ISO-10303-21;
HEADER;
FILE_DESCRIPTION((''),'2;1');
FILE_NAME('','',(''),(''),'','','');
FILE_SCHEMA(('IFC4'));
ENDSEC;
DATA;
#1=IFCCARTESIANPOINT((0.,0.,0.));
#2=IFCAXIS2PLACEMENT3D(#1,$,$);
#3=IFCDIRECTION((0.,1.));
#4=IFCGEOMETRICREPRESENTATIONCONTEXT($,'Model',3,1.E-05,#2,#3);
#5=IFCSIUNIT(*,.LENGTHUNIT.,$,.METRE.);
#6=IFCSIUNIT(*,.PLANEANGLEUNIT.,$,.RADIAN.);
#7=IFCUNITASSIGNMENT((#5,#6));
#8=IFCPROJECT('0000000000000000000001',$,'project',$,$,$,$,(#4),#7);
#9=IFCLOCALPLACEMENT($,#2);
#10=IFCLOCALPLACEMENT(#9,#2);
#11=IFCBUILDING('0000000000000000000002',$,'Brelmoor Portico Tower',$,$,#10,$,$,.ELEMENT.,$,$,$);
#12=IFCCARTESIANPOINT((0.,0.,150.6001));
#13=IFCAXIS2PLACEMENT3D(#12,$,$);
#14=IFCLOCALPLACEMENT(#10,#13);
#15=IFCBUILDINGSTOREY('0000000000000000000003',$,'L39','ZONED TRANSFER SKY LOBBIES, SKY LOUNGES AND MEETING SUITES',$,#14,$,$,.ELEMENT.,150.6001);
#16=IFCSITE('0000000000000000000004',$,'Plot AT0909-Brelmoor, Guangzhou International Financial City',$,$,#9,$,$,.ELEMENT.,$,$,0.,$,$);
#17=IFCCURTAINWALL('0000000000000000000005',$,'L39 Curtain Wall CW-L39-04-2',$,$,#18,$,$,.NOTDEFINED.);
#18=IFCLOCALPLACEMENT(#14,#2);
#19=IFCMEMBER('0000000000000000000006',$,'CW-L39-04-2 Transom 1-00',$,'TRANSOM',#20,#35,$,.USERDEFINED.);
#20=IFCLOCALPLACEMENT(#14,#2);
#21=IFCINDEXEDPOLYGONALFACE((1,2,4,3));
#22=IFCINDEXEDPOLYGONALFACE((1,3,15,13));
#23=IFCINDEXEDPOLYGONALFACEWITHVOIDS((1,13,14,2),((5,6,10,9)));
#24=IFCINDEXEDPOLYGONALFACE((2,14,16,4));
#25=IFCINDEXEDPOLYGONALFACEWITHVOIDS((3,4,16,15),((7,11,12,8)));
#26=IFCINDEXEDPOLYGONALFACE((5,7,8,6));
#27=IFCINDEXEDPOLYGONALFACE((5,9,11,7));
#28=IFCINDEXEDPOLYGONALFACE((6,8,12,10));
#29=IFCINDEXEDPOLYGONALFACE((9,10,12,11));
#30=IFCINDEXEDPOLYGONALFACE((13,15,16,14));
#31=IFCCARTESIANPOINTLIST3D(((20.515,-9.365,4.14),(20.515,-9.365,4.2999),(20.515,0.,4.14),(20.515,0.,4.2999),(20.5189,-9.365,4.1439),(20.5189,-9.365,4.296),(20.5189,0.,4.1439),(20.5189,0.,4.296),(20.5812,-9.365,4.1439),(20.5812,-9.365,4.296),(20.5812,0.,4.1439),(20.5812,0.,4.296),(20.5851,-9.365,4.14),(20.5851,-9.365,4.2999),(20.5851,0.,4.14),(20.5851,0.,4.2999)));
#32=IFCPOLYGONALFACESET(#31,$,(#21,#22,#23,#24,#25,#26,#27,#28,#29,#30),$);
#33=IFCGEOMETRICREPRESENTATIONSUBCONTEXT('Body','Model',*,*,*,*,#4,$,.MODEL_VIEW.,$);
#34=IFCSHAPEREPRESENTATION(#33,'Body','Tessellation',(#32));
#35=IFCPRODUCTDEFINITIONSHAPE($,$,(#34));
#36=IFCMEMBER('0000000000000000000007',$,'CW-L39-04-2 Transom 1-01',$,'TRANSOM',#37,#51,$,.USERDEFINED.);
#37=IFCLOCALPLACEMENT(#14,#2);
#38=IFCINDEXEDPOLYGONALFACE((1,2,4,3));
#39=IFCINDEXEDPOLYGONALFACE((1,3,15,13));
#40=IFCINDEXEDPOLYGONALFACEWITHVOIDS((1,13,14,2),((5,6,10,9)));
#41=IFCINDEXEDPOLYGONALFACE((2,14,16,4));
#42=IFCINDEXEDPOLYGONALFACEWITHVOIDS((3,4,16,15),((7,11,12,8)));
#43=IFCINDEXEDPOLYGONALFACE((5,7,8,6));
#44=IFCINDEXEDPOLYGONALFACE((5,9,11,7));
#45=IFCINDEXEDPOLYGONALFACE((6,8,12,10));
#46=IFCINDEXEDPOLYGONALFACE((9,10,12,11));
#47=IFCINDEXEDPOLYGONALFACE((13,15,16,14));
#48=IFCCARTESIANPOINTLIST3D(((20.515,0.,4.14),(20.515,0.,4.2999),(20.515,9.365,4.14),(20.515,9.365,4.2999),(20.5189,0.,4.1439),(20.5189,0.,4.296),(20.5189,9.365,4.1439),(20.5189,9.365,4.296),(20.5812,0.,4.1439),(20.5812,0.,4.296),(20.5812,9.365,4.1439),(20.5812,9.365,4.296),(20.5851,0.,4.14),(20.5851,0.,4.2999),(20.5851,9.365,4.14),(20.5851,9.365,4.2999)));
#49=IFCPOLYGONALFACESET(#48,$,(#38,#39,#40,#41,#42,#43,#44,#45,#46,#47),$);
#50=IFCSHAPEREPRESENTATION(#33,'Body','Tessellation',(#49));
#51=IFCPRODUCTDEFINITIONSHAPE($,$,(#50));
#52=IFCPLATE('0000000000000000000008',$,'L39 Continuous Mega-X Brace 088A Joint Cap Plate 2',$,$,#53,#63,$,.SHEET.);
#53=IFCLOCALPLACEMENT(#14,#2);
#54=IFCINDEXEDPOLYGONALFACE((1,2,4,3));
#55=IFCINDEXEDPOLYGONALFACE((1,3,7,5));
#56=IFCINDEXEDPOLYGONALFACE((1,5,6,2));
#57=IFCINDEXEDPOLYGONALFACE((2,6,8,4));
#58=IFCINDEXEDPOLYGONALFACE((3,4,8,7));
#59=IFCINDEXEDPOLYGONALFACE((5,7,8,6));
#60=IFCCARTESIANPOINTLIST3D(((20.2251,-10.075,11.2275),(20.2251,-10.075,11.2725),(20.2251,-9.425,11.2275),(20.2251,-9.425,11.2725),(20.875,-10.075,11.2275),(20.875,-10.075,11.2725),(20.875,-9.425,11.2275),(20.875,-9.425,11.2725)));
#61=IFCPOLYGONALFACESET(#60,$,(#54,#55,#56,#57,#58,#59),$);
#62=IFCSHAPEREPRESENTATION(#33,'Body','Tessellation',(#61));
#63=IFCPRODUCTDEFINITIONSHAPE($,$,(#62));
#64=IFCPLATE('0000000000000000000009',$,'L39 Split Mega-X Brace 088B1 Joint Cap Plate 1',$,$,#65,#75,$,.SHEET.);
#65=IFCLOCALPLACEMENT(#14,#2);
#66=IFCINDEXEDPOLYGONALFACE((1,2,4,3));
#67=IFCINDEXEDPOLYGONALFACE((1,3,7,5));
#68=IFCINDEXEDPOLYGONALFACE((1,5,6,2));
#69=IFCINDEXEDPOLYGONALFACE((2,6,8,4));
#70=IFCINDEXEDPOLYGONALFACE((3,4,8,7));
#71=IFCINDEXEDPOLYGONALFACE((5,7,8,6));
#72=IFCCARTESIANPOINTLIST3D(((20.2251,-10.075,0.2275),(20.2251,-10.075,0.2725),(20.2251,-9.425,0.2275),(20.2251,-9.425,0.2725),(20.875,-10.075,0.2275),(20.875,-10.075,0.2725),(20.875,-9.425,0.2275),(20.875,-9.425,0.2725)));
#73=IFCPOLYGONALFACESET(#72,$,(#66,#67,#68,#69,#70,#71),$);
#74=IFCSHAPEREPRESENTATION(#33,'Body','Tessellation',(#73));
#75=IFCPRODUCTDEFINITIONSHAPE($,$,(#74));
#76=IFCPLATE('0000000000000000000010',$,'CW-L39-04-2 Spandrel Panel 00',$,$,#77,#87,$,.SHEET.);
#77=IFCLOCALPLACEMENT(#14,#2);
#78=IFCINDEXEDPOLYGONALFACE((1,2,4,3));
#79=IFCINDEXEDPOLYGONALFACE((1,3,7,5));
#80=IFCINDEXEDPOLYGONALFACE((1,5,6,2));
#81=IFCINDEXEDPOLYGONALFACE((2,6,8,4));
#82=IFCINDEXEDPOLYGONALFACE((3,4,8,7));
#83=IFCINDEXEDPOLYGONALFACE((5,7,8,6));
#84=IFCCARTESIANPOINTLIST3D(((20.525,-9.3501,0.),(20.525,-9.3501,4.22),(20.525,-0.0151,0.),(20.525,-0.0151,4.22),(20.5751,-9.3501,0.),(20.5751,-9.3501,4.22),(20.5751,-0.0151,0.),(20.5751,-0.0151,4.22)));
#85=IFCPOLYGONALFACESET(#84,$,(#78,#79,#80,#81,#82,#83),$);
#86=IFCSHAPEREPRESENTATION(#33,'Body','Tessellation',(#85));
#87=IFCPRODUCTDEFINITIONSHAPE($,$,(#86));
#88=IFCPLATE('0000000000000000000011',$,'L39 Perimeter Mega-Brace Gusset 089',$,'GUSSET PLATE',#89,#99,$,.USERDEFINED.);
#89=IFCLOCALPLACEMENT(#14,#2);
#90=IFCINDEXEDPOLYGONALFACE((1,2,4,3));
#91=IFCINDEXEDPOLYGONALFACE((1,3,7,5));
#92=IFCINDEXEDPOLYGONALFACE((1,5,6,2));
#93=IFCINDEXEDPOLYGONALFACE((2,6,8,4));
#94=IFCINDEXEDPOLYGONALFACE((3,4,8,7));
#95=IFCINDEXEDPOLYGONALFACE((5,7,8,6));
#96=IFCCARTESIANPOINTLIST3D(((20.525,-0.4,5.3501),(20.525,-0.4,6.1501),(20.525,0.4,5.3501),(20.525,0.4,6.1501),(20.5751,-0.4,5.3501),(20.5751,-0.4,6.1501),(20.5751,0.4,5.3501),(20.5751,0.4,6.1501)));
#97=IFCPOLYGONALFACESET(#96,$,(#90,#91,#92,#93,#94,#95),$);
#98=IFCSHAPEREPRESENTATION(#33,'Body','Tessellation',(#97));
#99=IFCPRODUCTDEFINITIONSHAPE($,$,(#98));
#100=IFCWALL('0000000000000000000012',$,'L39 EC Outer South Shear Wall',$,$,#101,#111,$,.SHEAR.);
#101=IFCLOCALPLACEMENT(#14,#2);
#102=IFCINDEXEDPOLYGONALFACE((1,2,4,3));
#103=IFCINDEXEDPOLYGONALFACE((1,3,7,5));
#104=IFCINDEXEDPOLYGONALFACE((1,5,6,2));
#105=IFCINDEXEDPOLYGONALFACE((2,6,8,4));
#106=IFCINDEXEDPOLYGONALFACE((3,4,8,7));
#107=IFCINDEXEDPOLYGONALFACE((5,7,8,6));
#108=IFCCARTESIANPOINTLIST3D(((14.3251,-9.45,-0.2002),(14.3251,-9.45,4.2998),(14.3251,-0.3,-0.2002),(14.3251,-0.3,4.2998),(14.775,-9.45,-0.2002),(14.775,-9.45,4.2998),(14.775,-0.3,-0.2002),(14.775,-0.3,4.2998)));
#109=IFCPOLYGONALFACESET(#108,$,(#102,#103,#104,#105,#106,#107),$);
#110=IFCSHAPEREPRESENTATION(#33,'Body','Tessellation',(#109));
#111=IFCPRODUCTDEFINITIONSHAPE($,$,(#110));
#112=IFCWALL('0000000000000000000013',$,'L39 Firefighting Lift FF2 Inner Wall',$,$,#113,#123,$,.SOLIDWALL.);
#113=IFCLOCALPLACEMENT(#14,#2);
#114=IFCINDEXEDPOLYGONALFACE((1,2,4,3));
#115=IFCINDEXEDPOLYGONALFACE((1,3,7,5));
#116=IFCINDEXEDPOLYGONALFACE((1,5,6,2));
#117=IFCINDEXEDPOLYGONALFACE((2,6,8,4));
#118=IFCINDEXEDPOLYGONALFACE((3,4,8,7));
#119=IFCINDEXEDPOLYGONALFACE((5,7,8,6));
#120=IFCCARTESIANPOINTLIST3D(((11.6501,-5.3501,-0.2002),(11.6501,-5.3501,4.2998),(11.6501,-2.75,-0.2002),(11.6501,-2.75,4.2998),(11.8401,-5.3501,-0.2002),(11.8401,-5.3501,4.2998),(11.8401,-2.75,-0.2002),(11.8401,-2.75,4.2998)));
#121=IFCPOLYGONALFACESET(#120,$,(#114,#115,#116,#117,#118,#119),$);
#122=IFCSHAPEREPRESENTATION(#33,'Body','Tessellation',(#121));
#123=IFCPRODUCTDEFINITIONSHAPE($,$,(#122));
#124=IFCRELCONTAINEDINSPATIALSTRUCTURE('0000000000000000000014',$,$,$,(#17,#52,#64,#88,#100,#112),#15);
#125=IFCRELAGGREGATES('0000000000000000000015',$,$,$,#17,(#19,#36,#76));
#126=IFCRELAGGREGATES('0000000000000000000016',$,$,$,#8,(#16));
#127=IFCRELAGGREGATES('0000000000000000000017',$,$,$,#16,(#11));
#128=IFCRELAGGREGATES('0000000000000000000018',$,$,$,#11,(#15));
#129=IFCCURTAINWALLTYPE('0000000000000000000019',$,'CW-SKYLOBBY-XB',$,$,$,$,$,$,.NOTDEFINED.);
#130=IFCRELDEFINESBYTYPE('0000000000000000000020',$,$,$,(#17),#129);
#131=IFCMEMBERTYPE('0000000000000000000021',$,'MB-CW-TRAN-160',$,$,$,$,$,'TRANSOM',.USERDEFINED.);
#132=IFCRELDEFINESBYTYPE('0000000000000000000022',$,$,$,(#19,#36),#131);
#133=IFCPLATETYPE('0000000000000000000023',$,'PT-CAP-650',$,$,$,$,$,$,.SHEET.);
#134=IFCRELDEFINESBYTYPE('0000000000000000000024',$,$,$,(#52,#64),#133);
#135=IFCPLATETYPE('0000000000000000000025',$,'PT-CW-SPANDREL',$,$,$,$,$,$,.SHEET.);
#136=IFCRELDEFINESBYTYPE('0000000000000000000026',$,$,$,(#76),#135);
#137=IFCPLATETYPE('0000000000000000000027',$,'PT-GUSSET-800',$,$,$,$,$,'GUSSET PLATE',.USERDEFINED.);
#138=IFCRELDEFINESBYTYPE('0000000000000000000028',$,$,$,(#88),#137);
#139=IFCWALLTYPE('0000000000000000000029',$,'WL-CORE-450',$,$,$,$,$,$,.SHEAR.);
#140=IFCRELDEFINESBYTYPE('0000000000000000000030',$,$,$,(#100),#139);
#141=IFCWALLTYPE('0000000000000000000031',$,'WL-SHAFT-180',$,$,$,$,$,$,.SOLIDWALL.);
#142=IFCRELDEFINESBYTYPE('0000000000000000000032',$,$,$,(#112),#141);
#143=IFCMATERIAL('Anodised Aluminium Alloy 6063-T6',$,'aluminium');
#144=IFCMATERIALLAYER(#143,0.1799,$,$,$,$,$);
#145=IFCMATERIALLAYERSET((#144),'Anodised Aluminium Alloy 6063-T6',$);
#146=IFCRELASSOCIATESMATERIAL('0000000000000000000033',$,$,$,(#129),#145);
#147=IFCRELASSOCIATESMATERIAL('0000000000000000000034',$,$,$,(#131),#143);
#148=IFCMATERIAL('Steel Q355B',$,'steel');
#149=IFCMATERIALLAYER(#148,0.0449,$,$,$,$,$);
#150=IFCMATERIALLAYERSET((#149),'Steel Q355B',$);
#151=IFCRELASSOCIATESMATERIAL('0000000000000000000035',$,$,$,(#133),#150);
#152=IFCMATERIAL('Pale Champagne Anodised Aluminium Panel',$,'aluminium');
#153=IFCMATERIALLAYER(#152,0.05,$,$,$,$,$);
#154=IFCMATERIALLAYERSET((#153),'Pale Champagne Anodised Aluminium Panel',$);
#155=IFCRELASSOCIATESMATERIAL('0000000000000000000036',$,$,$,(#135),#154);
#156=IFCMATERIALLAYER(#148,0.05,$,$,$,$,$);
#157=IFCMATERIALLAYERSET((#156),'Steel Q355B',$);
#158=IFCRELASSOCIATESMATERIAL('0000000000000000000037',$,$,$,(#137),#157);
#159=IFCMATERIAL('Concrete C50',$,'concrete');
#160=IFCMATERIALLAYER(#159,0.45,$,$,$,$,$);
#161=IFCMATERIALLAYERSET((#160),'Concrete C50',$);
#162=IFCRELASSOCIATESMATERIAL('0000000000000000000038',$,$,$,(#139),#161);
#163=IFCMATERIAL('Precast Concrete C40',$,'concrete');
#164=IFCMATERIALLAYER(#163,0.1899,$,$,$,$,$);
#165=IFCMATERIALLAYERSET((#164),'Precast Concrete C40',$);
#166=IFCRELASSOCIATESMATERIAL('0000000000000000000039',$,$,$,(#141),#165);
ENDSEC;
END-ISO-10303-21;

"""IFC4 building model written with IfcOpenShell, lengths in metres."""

from ifc_helpers import new_model, si_unit, direction, frame, frame_2d, origin, origin_2d, place, context, subcontext, project, spatial, rectangle, hollow_rectangle, extrude, material, layer, layer_set, material_profile, profile_set, type_object, element, aggregate, save


model = new_model("IFC4")

# Units and contexts
model_context = context("Model", 3, precision=1e-05, world=origin(), true_north=direction((0.0, 1.0)))
body_context = subcontext(model_context, "Body", "Model", "MODEL_VIEW")
ifc_project = project(units=[si_unit("LENGTHUNIT", "METRE"), si_unit("PLANEANGLEUNIT", "RADIAN")], contexts=[model_context])

# Site, building, storey
site_placement = place(None, origin())
site = spatial("IfcSite", under=ifc_project, at=site_placement, Name="Plot AT0909-Brelmoor, Guangzhou International Financial City", CompositionType="ELEMENT", RefElevation=0.0)
building_placement = place(site_placement, origin())
building = spatial("IfcBuilding", under=site, at=building_placement, Name="Brelmoor Portico Tower", CompositionType="ELEMENT")
storey_placement = place(building_placement, frame((0.0, 0.0, 150.6001)))
storey = spatial("IfcBuildingStorey", under=building, at=storey_placement, Name="L39", Description="ZONED TRANSFER SKY LOBBIES, SKY LOUNGES AND MEETING SUITES", CompositionType="ELEMENT", Elevation=150.6001)

# Shared definitions
ifc_material_1 = material(Name="Steel Q355B", Category="steel")

# Curtain wall, members
ifc_material_2 = material(Name="Anodised Aluminium Alloy 6063-T6", Category="aluminium")
ifc_layer_1 = layer(ifc_material_2, 0.1799)
ifc_layer_set_1 = layer_set([ifc_layer_1], Name="Anodised Aluminium Alloy 6063-T6")
curtain_wall_type = type_object("IfcCurtainWallType", Name="CW-SKYLOBBY-XB", PredefinedType="NOTDEFINED", material=ifc_layer_set_1)
curtain_wall_placement = place(storey_placement, origin())
curtain_wall = element("IfcCurtainWall", 1, at=curtain_wall_placement, inside=storey, type_object=curtain_wall_type, Name="L39 Curtain Wall CW-L39-04-2", PredefinedType="NOTDEFINED")
ifc_material_profile_1 = material_profile(ifc_material_2, hollow_rectangle(XDim=0.0701, YDim=0.1599, WallThickness=0.0039, at=origin_2d()), Name="ALU TRANSOM 70x160")
ifc_profile_set_1 = profile_set([ifc_material_profile_1], Name="Anodised Aluminium Alloy 6063-T6")
member_type_1 = type_object("IfcMemberType", Name="MB-CW-TRAN-160", ElementType="TRANSOM", PredefinedType="USERDEFINED", material=ifc_profile_set_1)
member_1_placement = place(storey_placement, frame((20.55, -9.365, 4.22), z_axis=(0.0, 1.0, 0.0), x_axis=(-1.0, 0.0, 0.0)))
member_1 = element("IfcMember", 2, at=member_1_placement, type_object=member_type_1, Name="CW-L39-04-2 Transom 1-00", ObjectType="TRANSOM", PredefinedType="USERDEFINED", context=body_context, shape_type="SweptSolid", body=[
    extrude(hollow_rectangle(XDim=0.0701, YDim=0.1599, WallThickness=0.0039, at=origin_2d()), origin(), (0.0, 0.0, 1.0), 9.365),
])
member_2_placement = place(storey_placement, frame((20.55, 0.0, 4.22), z_axis=(0.0, 1.0, 0.0), x_axis=(-1.0, 0.0, 0.0)))
member_2 = element("IfcMember", 3, at=member_2_placement, type_object=member_type_1, Name="CW-L39-04-2 Transom 1-01", ObjectType="TRANSOM", PredefinedType="USERDEFINED", context=body_context, shape_type="SweptSolid", body=[
    extrude(hollow_rectangle(XDim=0.0701, YDim=0.1599, WallThickness=0.0039, at=origin_2d()), origin(), (0.0, 0.0, 1.0), 9.365),
])

# Plates
ifc_layer_2 = layer(ifc_material_1, 0.0449)
ifc_layer_set_2 = layer_set([ifc_layer_2], Name="Steel Q355B")
plate_type_1 = type_object("IfcPlateType", Name="PT-CAP-650", PredefinedType="SHEET", material=ifc_layer_set_2)
for number, where, z_axis, x_axis, name in (
    (4, (20.55, -9.75, 11.2275), (0.0, 0.0, 1.0), (1.0, 0.0, 0.0), "L39 Continuous Mega-X Brace 088A Joint Cap Plate 2"),
    (5, (20.55, -9.75, 0.2275), (0.0, 0.0, 1.0), (1.0, 0.0, 0.0), "L39 Split Mega-X Brace 088B1 Joint Cap Plate 1"),
):
    element("IfcPlate", number, at=place(storey_placement, frame(where, z_axis=z_axis, x_axis=x_axis)), inside=storey, type_object=plate_type_1, Name=name, PredefinedType="SHEET", context=body_context, shape_type="SweptSolid", body=[
        extrude(rectangle(XDim=0.6499, YDim=0.6499, at=origin_2d()), origin(), (0.0, 0.0, 1.0), 0.0449),
    ])

# Plates
ifc_material_3 = material(Name="Pale Champagne Anodised Aluminium Panel", Category="aluminium")
ifc_layer_3 = layer(ifc_material_3, 0.05)
ifc_layer_set_3 = layer_set([ifc_layer_3], Name="Pale Champagne Anodised Aluminium Panel")
plate_type_2 = type_object("IfcPlateType", Name="PT-CW-SPANDREL", PredefinedType="SHEET", material=ifc_layer_set_3)
plate_1_placement = place(storey_placement, frame((20.55, -4.6826, 0.0), z_axis=(0.0, 0.0, 1.0), x_axis=(0.0, 1.0, 0.0)))
plate_1 = element("IfcPlate", 6, at=plate_1_placement, type_object=plate_type_2, Name="CW-L39-04-2 Spandrel Panel 00", PredefinedType="SHEET", context=body_context, shape_type="SweptSolid", body=[
    extrude(rectangle(XDim=9.335, YDim=0.05, at=origin_2d()), origin(), (0.0, 0.0, 1.0), 4.22),
])
aggregate(curtain_wall, [member_1, member_2, plate_1])
ifc_layer_4 = layer(ifc_material_1, 0.05)
ifc_layer_set_4 = layer_set([ifc_layer_4], Name="Steel Q355B")
plate_type_3 = type_object("IfcPlateType", Name="PT-GUSSET-800", ElementType="GUSSET PLATE", PredefinedType="USERDEFINED", material=ifc_layer_set_4)
plate_2_placement = place(storey_placement, frame((20.55, 0.0, 5.3501), z_axis=(0.0, 0.0, 1.0), x_axis=(1.0, 0.0, 0.0)))
element("IfcPlate", 7, at=plate_2_placement, inside=storey, type_object=plate_type_3, Name="L39 Perimeter Mega-Brace Gusset 089", ObjectType="GUSSET PLATE", PredefinedType="USERDEFINED", context=body_context, shape_type="SweptSolid", body=[
    extrude(rectangle(XDim=0.05, YDim=0.8, at=origin_2d()), origin(), (0.0, 0.0, 1.0), 0.8),
])

# Walls
ifc_material_4 = material(Name="Concrete C50", Category="concrete")
ifc_layer_5 = layer(ifc_material_4, 0.45)
ifc_layer_set_5 = layer_set([ifc_layer_5], Name="Concrete C50")
wall_type_1 = type_object("IfcWallType", Name="WL-CORE-450", PredefinedType="SHEAR", material=ifc_layer_set_5)
wall_1_placement = place(storey_placement, frame((14.55, -9.45, -0.2002), z_axis=(0.0, 0.0, 1.0), x_axis=(0.0, 1.0, 0.0)))
element("IfcWall", 8, at=wall_1_placement, inside=storey, type_object=wall_type_1, Name="L39 EC Outer South Shear Wall", PredefinedType="SHEAR", context=body_context, shape_type="SweptSolid", body=[
    extrude(rectangle(XDim=9.1499, YDim=0.45, at=frame_2d((4.575, 0.0))), origin(), (0.0, 0.0, 1.0), 4.5),
])
ifc_material_5 = material(Name="Precast Concrete C40", Category="concrete")
ifc_layer_6 = layer(ifc_material_5, 0.1899)
ifc_layer_set_6 = layer_set([ifc_layer_6], Name="Precast Concrete C40")
wall_type_2 = type_object("IfcWallType", Name="WL-SHAFT-180", PredefinedType="SOLIDWALL", material=ifc_layer_set_6)
wall_2_placement = place(storey_placement, frame((11.7451, -5.3501, -0.2002), z_axis=(0.0, 0.0, 1.0), x_axis=(0.0, 1.0, 0.0)))
element("IfcWall", 9, at=wall_2_placement, inside=storey, type_object=wall_type_2, Name="L39 Firefighting Lift FF2 Inner Wall", PredefinedType="SOLIDWALL", context=body_context, shape_type="SweptSolid", body=[
    extrude(rectangle(XDim=2.6001, YDim=0.1899, at=frame_2d((1.3, 0.0))), origin(), (0.0, 0.0, 1.0), 4.5),
])

save(model, "model.ifc")
